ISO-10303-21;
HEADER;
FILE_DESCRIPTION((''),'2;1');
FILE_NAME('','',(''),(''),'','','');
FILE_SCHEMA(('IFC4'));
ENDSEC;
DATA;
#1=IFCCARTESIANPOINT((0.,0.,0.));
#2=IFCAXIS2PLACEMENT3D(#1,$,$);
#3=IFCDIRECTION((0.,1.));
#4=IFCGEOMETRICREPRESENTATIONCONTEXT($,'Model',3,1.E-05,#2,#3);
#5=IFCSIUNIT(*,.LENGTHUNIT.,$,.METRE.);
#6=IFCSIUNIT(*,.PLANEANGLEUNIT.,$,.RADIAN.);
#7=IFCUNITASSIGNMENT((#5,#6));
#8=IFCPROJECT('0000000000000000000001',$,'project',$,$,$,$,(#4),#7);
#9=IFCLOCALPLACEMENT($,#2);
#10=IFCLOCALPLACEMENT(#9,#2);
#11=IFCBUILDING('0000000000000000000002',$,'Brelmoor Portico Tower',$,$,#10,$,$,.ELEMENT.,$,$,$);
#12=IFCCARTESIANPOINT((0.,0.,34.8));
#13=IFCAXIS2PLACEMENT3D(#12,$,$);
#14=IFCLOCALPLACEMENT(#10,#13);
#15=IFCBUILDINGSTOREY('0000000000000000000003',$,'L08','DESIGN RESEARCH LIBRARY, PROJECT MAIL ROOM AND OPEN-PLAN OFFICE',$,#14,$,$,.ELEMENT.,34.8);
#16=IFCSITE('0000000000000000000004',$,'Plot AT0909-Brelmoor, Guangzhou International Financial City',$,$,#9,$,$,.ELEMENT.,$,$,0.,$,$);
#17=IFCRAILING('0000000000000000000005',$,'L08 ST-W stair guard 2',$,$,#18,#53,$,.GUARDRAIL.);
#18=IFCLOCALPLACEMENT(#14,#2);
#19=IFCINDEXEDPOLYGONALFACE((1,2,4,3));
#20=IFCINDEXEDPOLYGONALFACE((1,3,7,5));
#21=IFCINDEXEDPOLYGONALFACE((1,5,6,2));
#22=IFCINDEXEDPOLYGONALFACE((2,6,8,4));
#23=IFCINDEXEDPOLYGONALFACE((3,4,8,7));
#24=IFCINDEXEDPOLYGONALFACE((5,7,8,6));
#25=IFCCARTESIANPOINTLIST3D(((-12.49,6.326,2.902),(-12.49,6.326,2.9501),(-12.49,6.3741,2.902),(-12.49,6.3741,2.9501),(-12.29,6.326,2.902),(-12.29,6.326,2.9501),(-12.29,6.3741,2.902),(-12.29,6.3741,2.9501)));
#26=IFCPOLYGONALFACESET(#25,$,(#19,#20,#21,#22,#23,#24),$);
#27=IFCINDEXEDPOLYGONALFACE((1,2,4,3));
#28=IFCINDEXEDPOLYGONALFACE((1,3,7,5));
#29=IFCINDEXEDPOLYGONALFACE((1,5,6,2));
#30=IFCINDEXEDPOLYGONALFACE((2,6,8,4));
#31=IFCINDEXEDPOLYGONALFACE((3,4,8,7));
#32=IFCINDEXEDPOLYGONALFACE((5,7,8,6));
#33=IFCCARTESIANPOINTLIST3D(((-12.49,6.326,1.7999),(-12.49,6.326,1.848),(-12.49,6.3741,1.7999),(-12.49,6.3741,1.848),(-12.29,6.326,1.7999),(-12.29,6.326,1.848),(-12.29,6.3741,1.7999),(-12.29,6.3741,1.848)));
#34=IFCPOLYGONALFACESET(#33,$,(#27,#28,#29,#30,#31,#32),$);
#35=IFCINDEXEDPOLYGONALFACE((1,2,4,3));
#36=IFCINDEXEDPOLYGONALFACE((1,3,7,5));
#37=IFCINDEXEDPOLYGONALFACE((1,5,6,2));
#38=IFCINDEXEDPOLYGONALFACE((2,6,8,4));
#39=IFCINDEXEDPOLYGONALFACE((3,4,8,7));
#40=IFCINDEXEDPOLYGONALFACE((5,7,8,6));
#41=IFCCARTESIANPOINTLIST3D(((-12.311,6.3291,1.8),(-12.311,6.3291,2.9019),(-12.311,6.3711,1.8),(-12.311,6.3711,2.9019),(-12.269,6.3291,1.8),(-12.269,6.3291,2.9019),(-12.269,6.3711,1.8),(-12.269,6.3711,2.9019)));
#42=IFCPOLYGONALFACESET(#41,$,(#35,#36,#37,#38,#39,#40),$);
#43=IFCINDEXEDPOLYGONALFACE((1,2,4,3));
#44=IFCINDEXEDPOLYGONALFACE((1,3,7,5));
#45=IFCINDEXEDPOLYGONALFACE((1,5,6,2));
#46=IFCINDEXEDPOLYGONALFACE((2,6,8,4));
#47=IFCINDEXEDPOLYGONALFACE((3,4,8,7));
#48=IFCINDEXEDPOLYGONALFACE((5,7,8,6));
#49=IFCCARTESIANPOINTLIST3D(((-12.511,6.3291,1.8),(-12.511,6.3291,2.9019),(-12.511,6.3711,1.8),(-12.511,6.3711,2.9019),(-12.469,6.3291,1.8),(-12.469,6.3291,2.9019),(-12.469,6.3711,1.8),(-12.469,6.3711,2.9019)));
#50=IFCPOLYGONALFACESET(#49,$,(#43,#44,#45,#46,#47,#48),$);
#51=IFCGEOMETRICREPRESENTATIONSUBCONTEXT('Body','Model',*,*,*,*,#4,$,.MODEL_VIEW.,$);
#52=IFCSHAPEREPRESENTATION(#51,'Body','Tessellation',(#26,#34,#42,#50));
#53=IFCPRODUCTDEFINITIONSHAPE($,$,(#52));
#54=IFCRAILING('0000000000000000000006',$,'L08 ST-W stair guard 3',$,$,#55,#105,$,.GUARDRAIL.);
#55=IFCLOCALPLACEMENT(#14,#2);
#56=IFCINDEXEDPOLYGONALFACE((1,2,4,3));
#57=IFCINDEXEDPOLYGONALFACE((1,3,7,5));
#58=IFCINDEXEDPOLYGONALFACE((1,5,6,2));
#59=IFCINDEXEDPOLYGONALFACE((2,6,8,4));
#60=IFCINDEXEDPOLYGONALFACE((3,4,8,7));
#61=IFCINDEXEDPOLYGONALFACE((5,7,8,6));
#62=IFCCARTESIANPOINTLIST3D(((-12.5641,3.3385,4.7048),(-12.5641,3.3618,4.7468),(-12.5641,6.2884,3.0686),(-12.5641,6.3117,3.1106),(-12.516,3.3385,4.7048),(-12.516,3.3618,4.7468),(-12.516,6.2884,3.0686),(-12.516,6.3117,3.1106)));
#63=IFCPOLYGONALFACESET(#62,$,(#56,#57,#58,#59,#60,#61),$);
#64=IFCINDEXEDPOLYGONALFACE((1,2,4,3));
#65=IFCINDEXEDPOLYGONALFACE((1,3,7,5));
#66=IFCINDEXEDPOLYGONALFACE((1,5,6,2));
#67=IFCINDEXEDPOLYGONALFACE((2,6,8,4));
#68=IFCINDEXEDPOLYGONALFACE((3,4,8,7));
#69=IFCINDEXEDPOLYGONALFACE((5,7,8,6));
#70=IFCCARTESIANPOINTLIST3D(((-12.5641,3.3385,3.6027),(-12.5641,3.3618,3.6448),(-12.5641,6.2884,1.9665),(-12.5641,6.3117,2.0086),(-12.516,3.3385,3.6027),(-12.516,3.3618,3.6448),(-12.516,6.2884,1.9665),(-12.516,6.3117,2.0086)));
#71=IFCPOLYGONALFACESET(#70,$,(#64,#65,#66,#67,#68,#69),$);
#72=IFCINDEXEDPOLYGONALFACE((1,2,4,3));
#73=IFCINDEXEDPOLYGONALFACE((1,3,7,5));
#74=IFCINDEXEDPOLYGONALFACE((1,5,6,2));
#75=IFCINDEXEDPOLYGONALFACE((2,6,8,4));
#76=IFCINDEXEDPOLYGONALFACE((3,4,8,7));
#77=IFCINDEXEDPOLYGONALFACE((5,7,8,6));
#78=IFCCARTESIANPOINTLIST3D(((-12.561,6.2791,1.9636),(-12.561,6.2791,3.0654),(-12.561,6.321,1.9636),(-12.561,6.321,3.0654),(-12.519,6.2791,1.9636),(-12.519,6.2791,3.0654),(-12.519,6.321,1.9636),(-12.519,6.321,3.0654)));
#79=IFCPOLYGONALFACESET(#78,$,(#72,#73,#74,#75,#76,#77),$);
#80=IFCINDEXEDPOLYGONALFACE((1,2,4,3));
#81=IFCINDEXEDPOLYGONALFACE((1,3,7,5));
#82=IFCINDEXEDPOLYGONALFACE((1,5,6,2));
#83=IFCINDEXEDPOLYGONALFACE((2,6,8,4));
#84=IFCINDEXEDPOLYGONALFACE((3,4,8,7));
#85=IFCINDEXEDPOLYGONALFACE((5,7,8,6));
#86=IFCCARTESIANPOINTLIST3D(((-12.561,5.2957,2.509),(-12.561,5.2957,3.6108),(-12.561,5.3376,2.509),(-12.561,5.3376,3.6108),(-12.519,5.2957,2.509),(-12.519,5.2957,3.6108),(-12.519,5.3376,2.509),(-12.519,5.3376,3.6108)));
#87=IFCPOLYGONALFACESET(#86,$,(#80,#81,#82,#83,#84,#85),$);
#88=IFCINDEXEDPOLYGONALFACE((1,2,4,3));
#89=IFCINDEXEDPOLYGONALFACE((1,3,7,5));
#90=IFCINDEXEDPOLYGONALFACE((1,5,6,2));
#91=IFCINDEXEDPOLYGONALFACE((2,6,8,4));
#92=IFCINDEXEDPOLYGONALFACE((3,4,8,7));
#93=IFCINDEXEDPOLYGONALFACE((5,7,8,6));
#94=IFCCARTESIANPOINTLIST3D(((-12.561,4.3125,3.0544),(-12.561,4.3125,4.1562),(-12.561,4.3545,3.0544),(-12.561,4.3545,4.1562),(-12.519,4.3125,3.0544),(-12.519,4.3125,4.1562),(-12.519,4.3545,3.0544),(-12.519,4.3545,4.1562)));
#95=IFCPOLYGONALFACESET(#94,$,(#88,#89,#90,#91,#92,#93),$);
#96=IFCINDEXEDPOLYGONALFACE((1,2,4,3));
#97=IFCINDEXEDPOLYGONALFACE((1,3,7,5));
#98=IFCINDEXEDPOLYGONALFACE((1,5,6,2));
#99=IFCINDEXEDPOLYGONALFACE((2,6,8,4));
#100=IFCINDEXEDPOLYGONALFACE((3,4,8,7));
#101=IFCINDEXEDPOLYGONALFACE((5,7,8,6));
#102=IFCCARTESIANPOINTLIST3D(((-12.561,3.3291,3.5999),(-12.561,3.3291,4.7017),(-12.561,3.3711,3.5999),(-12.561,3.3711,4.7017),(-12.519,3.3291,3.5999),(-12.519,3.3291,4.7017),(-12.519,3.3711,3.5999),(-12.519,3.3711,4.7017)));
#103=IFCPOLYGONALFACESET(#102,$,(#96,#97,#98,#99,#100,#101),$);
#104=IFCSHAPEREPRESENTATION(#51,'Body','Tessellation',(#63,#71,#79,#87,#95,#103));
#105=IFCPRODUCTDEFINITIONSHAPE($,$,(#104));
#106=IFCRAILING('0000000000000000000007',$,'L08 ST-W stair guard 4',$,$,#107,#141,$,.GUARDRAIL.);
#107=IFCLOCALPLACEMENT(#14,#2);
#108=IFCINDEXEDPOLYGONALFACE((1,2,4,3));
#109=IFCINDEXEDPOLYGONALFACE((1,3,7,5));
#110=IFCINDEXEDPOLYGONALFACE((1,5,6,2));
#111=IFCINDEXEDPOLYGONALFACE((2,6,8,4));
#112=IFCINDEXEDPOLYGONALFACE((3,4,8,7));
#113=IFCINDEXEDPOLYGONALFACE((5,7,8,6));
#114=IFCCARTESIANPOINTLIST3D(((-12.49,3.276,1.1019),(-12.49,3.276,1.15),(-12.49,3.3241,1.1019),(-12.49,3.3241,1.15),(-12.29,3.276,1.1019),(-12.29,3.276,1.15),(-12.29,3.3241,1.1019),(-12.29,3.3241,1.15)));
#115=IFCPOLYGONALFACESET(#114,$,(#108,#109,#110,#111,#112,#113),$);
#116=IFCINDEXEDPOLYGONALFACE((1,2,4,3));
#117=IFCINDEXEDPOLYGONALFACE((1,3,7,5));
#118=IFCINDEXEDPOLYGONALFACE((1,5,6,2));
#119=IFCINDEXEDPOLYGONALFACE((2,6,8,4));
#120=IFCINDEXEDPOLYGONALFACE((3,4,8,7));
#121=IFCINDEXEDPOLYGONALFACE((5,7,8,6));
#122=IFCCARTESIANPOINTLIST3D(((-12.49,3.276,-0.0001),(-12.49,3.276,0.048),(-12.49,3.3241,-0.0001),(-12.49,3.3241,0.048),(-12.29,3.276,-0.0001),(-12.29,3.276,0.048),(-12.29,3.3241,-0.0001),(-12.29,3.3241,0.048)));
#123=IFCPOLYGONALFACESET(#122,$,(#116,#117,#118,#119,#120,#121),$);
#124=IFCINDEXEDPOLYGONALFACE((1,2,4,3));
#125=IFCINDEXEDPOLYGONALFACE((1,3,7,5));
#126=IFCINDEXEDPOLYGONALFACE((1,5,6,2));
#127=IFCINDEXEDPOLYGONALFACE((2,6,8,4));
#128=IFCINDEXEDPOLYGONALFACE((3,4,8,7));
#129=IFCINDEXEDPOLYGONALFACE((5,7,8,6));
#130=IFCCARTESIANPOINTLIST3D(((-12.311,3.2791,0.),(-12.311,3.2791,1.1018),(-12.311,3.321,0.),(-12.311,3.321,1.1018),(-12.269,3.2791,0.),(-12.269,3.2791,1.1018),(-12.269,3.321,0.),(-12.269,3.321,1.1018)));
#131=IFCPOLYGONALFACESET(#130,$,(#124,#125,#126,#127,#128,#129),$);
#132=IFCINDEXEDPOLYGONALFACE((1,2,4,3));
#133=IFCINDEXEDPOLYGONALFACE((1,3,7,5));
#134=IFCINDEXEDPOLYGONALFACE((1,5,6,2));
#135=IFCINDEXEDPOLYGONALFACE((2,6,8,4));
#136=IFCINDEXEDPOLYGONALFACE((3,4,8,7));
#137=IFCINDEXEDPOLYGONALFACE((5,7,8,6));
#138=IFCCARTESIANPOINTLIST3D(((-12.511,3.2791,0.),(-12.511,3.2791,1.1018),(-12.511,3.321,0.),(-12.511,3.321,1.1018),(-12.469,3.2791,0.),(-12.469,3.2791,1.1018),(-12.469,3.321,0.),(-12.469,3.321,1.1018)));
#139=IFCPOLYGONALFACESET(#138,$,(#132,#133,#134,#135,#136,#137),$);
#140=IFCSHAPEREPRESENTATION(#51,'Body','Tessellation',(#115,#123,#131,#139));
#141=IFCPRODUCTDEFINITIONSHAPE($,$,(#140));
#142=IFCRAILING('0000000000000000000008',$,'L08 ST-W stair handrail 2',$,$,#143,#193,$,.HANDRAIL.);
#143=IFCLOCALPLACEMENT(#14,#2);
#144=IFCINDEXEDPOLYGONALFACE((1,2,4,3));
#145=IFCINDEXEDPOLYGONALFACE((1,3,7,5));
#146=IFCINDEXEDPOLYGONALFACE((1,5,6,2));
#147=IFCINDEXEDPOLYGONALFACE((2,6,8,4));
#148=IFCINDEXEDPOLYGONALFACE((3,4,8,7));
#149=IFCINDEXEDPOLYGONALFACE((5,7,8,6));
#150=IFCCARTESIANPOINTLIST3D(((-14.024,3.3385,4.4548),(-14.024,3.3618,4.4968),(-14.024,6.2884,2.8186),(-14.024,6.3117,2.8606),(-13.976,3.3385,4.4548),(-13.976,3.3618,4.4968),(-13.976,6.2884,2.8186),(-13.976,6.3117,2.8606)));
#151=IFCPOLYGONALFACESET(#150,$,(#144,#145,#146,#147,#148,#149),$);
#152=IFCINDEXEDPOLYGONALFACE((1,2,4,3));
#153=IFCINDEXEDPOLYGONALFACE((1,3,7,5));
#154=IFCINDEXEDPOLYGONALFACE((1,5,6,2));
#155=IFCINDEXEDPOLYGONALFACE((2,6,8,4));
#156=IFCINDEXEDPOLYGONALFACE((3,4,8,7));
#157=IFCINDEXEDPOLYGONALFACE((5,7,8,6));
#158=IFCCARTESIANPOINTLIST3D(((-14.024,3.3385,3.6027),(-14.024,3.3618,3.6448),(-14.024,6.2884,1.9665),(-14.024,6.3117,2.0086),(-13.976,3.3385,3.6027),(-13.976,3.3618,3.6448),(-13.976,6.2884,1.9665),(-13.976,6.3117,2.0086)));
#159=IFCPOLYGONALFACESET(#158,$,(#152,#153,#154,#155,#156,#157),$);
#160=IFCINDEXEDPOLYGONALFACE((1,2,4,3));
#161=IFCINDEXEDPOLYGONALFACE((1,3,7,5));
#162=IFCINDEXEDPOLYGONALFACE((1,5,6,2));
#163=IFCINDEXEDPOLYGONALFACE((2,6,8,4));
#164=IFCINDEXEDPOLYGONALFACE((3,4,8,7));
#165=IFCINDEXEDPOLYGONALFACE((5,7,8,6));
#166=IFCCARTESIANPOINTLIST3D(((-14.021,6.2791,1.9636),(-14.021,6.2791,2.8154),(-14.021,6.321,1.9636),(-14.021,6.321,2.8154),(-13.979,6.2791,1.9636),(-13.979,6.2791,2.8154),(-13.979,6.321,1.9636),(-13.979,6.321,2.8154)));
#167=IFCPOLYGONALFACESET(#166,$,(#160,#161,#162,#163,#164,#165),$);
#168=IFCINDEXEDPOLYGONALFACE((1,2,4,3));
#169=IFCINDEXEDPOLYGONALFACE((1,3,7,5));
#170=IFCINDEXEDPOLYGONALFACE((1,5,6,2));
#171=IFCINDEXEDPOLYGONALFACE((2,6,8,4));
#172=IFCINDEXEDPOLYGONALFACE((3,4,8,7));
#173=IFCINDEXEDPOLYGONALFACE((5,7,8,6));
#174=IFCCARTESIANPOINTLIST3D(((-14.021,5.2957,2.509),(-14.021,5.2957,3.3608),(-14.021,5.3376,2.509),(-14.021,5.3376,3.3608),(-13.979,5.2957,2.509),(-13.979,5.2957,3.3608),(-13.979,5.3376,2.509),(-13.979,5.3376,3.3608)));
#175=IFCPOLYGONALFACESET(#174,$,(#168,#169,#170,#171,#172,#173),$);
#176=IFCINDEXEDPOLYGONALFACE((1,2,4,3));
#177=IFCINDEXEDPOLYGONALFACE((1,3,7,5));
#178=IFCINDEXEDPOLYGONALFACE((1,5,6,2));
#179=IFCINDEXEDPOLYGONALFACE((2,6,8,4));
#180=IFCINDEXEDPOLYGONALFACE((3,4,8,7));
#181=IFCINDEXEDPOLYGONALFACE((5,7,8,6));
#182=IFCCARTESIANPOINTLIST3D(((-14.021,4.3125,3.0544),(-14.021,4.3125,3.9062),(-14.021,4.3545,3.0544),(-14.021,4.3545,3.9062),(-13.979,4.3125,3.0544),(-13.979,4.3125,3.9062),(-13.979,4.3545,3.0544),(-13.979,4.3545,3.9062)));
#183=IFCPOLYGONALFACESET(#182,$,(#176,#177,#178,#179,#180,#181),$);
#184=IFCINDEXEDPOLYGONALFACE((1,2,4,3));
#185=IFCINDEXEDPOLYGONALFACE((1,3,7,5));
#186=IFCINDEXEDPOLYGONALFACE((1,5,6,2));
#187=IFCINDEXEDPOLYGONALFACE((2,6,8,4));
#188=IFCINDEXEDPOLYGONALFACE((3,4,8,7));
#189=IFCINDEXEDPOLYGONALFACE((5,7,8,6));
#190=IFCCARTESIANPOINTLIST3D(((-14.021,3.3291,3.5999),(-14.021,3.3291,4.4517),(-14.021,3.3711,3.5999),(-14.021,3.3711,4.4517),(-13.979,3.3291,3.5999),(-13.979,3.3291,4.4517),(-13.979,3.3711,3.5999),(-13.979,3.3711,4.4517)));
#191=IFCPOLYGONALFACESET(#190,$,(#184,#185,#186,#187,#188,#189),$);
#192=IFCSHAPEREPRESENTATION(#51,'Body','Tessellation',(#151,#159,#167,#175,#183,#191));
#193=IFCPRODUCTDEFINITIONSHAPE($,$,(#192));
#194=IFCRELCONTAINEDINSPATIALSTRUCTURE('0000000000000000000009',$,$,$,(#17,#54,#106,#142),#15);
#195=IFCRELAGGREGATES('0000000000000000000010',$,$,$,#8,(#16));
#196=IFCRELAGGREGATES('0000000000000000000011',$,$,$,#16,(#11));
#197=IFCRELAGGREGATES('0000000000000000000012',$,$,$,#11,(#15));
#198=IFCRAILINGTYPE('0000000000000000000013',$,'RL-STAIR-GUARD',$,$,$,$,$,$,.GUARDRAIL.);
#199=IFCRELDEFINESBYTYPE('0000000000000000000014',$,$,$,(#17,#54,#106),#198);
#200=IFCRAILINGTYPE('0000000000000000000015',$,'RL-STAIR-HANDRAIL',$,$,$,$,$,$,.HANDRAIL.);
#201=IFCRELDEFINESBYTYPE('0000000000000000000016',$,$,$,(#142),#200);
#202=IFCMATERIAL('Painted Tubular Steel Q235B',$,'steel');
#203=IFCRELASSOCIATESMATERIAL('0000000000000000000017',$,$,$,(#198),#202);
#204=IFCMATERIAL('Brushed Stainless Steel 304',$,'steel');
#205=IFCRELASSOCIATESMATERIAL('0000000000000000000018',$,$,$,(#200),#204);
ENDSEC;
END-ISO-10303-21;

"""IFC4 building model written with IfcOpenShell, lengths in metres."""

from ifc_helpers import new_model, si_unit, direction, frame, origin, origin_2d, place, context, subcontext, project, spatial, rectangle, extrude, material, type_object, element, save


model = new_model("IFC4")

# Units and contexts
model_context = context("Model", 3, precision=1e-05, world=origin(), true_north=direction((0.0, 1.0)))
body_context = subcontext(model_context, "Body", "Model", "MODEL_VIEW")
ifc_project = project(units=[si_unit("LENGTHUNIT", "METRE"), si_unit("PLANEANGLEUNIT", "RADIAN")], contexts=[model_context])

# Site, building, storey
site_placement = place(None, origin())
site = spatial("IfcSite", under=ifc_project, at=site_placement, Name="Plot AT0909-Brelmoor, Guangzhou International Financial City", CompositionType="ELEMENT", RefElevation=0.0)
building_placement = place(site_placement, origin())
building = spatial("IfcBuilding", under=site, at=building_placement, Name="Brelmoor Portico Tower", CompositionType="ELEMENT")
storey_placement = place(building_placement, frame((0.0, 0.0, 34.8)))
storey = spatial("IfcBuildingStorey", under=building, at=storey_placement, Name="L08", Description="DESIGN RESEARCH LIBRARY, PROJECT MAIL ROOM AND OPEN-PLAN OFFICE", CompositionType="ELEMENT", Elevation=34.8)

# Railings
ifc_material_1 = material(Name="Painted Tubular Steel Q235B", Category="steel")
railing_type_1 = type_object("IfcRailingType", Name="RL-STAIR-GUARD", PredefinedType="GUARDRAIL", material=ifc_material_1)
railing_1_placement = place(storey_placement, frame((-12.29, 6.3501, 1.8)))
element("IfcRailing", 1, at=railing_1_placement, inside=storey, type_object=railing_type_1, Name="L08 ST-W stair guard 2", PredefinedType="GUARDRAIL", context=body_context, shape_type="SweptSolid", body=[
    extrude(rectangle(XDim=0.0481, YDim=0.0481, at=origin_2d()), frame((0.0, 0.0, 1.126), z_axis=(-1.0, 0.0, 0.0), x_axis=(0.0, -1.0, 0.0)), (0.0, 0.0, 1.0), 0.2),
    extrude(rectangle(XDim=0.0481, YDim=0.0481, at=origin_2d()), frame((0.0, 0.0, 0.0239), z_axis=(-1.0, 0.0, 0.0), x_axis=(0.0, -1.0, 0.0)), (0.0, 0.0, 1.0), 0.2),
    extrude(rectangle(XDim=0.042, YDim=0.042, at=origin_2d()), origin(), (0.0, 0.0, 1.0), 1.1018),
    extrude(rectangle(XDim=0.042, YDim=0.042, at=origin_2d()), frame((-0.2, 0.0, 0.0)), (0.0, 0.0, 1.0), 1.1018),
])
railing_2_placement = place(storey_placement, frame((-12.54, 6.3, 1.9636)))
element("IfcRailing", 2, at=railing_2_placement, inside=storey, type_object=railing_type_1, Name="L08 ST-W stair guard 3", PredefinedType="GUARDRAIL", context=body_context, shape_type="SweptSolid", body=[
    extrude(rectangle(XDim=0.0481, YDim=0.0481, at=origin_2d()), frame((0.0, 0.0, 1.126), z_axis=(0.0, -0.874488, 0.485047), x_axis=(1.0, 0.0, 0.0)), (0.0, 0.0, 1.0), 3.3733),
    extrude(rectangle(XDim=0.0481, YDim=0.0481, at=origin_2d()), frame((0.0, 0.0, 0.0239), z_axis=(0.0, -0.874488, 0.485047), x_axis=(1.0, 0.0, 0.0)), (0.0, 0.0, 1.0), 3.3733),
    extrude(rectangle(XDim=0.042, YDim=0.042, at=origin_2d()), origin(), (0.0, 0.0, 1.0), 1.1018),
    extrude(rectangle(XDim=0.042, YDim=0.042, at=origin_2d()), frame((0.0, -0.9834, 0.5454)), (0.0, 0.0, 1.0), 1.1018),
    extrude(rectangle(XDim=0.042, YDim=0.042, at=origin_2d()), frame((0.0, -1.9666, 1.0908)), (0.0, 0.0, 1.0), 1.1018),
    extrude(rectangle(XDim=0.042, YDim=0.042, at=origin_2d()), frame((0.0, -2.95, 1.6362)), (0.0, 0.0, 1.0), 1.1018),
])
railing_3_placement = place(storey_placement, frame((-12.29, 3.3, 0.0)))
element("IfcRailing", 3, at=railing_3_placement, inside=storey, type_object=railing_type_1, Name="L08 ST-W stair guard 4", PredefinedType="GUARDRAIL", context=body_context, shape_type="SweptSolid", body=[
    extrude(rectangle(XDim=0.0481, YDim=0.0481, at=origin_2d()), frame((0.0, 0.0, 1.126), z_axis=(-1.0, 0.0, 0.0), x_axis=(0.0, -1.0, 0.0)), (0.0, 0.0, 1.0), 0.2),
    extrude(rectangle(XDim=0.0481, YDim=0.0481, at=origin_2d()), frame((0.0, 0.0, 0.0239), z_axis=(-1.0, 0.0, 0.0), x_axis=(0.0, -1.0, 0.0)), (0.0, 0.0, 1.0), 0.2),
    extrude(rectangle(XDim=0.042, YDim=0.042, at=origin_2d()), origin(), (0.0, 0.0, 1.0), 1.1018),
    extrude(rectangle(XDim=0.042, YDim=0.042, at=origin_2d()), frame((-0.2, 0.0, 0.0)), (0.0, 0.0, 1.0), 1.1018),
])
ifc_material_2 = material(Name="Brushed Stainless Steel 304", Category="steel")
railing_type_2 = type_object("IfcRailingType", Name="RL-STAIR-HANDRAIL", PredefinedType="HANDRAIL", material=ifc_material_2)
railing_4_placement = place(storey_placement, frame((-14.0, 6.3, 1.9636)))
element("IfcRailing", 4, at=railing_4_placement, inside=storey, type_object=railing_type_2, Name="L08 ST-W stair handrail 2", PredefinedType="HANDRAIL", context=body_context, shape_type="SweptSolid", body=[
    extrude(rectangle(XDim=0.0481, YDim=0.0481, at=origin_2d()), frame((0.0, 0.0, 0.876), z_axis=(0.0, -0.874488, 0.485047), x_axis=(1.0, 0.0, 0.0)), (0.0, 0.0, 1.0), 3.3733),
    extrude(rectangle(XDim=0.0481, YDim=0.0481, at=origin_2d()), frame((0.0, 0.0, 0.0239), z_axis=(0.0, -0.874488, 0.485047), x_axis=(1.0, 0.0, 0.0)), (0.0, 0.0, 1.0), 3.3733),
    extrude(rectangle(XDim=0.042, YDim=0.042, at=origin_2d()), origin(), (0.0, 0.0, 1.0), 0.8518),
    extrude(rectangle(XDim=0.042, YDim=0.042, at=origin_2d()), frame((0.0, -0.9834, 0.5454)), (0.0, 0.0, 1.0), 0.8518),
    extrude(rectangle(XDim=0.042, YDim=0.042, at=origin_2d()), frame((0.0, -1.9666, 1.0908)), (0.0, 0.0, 1.0), 0.8518),
    extrude(rectangle(XDim=0.042, YDim=0.042, at=origin_2d()), frame((0.0, -2.95, 1.6362)), (0.0, 0.0, 1.0), 0.8518),
])

save(model, "model.ifc")
